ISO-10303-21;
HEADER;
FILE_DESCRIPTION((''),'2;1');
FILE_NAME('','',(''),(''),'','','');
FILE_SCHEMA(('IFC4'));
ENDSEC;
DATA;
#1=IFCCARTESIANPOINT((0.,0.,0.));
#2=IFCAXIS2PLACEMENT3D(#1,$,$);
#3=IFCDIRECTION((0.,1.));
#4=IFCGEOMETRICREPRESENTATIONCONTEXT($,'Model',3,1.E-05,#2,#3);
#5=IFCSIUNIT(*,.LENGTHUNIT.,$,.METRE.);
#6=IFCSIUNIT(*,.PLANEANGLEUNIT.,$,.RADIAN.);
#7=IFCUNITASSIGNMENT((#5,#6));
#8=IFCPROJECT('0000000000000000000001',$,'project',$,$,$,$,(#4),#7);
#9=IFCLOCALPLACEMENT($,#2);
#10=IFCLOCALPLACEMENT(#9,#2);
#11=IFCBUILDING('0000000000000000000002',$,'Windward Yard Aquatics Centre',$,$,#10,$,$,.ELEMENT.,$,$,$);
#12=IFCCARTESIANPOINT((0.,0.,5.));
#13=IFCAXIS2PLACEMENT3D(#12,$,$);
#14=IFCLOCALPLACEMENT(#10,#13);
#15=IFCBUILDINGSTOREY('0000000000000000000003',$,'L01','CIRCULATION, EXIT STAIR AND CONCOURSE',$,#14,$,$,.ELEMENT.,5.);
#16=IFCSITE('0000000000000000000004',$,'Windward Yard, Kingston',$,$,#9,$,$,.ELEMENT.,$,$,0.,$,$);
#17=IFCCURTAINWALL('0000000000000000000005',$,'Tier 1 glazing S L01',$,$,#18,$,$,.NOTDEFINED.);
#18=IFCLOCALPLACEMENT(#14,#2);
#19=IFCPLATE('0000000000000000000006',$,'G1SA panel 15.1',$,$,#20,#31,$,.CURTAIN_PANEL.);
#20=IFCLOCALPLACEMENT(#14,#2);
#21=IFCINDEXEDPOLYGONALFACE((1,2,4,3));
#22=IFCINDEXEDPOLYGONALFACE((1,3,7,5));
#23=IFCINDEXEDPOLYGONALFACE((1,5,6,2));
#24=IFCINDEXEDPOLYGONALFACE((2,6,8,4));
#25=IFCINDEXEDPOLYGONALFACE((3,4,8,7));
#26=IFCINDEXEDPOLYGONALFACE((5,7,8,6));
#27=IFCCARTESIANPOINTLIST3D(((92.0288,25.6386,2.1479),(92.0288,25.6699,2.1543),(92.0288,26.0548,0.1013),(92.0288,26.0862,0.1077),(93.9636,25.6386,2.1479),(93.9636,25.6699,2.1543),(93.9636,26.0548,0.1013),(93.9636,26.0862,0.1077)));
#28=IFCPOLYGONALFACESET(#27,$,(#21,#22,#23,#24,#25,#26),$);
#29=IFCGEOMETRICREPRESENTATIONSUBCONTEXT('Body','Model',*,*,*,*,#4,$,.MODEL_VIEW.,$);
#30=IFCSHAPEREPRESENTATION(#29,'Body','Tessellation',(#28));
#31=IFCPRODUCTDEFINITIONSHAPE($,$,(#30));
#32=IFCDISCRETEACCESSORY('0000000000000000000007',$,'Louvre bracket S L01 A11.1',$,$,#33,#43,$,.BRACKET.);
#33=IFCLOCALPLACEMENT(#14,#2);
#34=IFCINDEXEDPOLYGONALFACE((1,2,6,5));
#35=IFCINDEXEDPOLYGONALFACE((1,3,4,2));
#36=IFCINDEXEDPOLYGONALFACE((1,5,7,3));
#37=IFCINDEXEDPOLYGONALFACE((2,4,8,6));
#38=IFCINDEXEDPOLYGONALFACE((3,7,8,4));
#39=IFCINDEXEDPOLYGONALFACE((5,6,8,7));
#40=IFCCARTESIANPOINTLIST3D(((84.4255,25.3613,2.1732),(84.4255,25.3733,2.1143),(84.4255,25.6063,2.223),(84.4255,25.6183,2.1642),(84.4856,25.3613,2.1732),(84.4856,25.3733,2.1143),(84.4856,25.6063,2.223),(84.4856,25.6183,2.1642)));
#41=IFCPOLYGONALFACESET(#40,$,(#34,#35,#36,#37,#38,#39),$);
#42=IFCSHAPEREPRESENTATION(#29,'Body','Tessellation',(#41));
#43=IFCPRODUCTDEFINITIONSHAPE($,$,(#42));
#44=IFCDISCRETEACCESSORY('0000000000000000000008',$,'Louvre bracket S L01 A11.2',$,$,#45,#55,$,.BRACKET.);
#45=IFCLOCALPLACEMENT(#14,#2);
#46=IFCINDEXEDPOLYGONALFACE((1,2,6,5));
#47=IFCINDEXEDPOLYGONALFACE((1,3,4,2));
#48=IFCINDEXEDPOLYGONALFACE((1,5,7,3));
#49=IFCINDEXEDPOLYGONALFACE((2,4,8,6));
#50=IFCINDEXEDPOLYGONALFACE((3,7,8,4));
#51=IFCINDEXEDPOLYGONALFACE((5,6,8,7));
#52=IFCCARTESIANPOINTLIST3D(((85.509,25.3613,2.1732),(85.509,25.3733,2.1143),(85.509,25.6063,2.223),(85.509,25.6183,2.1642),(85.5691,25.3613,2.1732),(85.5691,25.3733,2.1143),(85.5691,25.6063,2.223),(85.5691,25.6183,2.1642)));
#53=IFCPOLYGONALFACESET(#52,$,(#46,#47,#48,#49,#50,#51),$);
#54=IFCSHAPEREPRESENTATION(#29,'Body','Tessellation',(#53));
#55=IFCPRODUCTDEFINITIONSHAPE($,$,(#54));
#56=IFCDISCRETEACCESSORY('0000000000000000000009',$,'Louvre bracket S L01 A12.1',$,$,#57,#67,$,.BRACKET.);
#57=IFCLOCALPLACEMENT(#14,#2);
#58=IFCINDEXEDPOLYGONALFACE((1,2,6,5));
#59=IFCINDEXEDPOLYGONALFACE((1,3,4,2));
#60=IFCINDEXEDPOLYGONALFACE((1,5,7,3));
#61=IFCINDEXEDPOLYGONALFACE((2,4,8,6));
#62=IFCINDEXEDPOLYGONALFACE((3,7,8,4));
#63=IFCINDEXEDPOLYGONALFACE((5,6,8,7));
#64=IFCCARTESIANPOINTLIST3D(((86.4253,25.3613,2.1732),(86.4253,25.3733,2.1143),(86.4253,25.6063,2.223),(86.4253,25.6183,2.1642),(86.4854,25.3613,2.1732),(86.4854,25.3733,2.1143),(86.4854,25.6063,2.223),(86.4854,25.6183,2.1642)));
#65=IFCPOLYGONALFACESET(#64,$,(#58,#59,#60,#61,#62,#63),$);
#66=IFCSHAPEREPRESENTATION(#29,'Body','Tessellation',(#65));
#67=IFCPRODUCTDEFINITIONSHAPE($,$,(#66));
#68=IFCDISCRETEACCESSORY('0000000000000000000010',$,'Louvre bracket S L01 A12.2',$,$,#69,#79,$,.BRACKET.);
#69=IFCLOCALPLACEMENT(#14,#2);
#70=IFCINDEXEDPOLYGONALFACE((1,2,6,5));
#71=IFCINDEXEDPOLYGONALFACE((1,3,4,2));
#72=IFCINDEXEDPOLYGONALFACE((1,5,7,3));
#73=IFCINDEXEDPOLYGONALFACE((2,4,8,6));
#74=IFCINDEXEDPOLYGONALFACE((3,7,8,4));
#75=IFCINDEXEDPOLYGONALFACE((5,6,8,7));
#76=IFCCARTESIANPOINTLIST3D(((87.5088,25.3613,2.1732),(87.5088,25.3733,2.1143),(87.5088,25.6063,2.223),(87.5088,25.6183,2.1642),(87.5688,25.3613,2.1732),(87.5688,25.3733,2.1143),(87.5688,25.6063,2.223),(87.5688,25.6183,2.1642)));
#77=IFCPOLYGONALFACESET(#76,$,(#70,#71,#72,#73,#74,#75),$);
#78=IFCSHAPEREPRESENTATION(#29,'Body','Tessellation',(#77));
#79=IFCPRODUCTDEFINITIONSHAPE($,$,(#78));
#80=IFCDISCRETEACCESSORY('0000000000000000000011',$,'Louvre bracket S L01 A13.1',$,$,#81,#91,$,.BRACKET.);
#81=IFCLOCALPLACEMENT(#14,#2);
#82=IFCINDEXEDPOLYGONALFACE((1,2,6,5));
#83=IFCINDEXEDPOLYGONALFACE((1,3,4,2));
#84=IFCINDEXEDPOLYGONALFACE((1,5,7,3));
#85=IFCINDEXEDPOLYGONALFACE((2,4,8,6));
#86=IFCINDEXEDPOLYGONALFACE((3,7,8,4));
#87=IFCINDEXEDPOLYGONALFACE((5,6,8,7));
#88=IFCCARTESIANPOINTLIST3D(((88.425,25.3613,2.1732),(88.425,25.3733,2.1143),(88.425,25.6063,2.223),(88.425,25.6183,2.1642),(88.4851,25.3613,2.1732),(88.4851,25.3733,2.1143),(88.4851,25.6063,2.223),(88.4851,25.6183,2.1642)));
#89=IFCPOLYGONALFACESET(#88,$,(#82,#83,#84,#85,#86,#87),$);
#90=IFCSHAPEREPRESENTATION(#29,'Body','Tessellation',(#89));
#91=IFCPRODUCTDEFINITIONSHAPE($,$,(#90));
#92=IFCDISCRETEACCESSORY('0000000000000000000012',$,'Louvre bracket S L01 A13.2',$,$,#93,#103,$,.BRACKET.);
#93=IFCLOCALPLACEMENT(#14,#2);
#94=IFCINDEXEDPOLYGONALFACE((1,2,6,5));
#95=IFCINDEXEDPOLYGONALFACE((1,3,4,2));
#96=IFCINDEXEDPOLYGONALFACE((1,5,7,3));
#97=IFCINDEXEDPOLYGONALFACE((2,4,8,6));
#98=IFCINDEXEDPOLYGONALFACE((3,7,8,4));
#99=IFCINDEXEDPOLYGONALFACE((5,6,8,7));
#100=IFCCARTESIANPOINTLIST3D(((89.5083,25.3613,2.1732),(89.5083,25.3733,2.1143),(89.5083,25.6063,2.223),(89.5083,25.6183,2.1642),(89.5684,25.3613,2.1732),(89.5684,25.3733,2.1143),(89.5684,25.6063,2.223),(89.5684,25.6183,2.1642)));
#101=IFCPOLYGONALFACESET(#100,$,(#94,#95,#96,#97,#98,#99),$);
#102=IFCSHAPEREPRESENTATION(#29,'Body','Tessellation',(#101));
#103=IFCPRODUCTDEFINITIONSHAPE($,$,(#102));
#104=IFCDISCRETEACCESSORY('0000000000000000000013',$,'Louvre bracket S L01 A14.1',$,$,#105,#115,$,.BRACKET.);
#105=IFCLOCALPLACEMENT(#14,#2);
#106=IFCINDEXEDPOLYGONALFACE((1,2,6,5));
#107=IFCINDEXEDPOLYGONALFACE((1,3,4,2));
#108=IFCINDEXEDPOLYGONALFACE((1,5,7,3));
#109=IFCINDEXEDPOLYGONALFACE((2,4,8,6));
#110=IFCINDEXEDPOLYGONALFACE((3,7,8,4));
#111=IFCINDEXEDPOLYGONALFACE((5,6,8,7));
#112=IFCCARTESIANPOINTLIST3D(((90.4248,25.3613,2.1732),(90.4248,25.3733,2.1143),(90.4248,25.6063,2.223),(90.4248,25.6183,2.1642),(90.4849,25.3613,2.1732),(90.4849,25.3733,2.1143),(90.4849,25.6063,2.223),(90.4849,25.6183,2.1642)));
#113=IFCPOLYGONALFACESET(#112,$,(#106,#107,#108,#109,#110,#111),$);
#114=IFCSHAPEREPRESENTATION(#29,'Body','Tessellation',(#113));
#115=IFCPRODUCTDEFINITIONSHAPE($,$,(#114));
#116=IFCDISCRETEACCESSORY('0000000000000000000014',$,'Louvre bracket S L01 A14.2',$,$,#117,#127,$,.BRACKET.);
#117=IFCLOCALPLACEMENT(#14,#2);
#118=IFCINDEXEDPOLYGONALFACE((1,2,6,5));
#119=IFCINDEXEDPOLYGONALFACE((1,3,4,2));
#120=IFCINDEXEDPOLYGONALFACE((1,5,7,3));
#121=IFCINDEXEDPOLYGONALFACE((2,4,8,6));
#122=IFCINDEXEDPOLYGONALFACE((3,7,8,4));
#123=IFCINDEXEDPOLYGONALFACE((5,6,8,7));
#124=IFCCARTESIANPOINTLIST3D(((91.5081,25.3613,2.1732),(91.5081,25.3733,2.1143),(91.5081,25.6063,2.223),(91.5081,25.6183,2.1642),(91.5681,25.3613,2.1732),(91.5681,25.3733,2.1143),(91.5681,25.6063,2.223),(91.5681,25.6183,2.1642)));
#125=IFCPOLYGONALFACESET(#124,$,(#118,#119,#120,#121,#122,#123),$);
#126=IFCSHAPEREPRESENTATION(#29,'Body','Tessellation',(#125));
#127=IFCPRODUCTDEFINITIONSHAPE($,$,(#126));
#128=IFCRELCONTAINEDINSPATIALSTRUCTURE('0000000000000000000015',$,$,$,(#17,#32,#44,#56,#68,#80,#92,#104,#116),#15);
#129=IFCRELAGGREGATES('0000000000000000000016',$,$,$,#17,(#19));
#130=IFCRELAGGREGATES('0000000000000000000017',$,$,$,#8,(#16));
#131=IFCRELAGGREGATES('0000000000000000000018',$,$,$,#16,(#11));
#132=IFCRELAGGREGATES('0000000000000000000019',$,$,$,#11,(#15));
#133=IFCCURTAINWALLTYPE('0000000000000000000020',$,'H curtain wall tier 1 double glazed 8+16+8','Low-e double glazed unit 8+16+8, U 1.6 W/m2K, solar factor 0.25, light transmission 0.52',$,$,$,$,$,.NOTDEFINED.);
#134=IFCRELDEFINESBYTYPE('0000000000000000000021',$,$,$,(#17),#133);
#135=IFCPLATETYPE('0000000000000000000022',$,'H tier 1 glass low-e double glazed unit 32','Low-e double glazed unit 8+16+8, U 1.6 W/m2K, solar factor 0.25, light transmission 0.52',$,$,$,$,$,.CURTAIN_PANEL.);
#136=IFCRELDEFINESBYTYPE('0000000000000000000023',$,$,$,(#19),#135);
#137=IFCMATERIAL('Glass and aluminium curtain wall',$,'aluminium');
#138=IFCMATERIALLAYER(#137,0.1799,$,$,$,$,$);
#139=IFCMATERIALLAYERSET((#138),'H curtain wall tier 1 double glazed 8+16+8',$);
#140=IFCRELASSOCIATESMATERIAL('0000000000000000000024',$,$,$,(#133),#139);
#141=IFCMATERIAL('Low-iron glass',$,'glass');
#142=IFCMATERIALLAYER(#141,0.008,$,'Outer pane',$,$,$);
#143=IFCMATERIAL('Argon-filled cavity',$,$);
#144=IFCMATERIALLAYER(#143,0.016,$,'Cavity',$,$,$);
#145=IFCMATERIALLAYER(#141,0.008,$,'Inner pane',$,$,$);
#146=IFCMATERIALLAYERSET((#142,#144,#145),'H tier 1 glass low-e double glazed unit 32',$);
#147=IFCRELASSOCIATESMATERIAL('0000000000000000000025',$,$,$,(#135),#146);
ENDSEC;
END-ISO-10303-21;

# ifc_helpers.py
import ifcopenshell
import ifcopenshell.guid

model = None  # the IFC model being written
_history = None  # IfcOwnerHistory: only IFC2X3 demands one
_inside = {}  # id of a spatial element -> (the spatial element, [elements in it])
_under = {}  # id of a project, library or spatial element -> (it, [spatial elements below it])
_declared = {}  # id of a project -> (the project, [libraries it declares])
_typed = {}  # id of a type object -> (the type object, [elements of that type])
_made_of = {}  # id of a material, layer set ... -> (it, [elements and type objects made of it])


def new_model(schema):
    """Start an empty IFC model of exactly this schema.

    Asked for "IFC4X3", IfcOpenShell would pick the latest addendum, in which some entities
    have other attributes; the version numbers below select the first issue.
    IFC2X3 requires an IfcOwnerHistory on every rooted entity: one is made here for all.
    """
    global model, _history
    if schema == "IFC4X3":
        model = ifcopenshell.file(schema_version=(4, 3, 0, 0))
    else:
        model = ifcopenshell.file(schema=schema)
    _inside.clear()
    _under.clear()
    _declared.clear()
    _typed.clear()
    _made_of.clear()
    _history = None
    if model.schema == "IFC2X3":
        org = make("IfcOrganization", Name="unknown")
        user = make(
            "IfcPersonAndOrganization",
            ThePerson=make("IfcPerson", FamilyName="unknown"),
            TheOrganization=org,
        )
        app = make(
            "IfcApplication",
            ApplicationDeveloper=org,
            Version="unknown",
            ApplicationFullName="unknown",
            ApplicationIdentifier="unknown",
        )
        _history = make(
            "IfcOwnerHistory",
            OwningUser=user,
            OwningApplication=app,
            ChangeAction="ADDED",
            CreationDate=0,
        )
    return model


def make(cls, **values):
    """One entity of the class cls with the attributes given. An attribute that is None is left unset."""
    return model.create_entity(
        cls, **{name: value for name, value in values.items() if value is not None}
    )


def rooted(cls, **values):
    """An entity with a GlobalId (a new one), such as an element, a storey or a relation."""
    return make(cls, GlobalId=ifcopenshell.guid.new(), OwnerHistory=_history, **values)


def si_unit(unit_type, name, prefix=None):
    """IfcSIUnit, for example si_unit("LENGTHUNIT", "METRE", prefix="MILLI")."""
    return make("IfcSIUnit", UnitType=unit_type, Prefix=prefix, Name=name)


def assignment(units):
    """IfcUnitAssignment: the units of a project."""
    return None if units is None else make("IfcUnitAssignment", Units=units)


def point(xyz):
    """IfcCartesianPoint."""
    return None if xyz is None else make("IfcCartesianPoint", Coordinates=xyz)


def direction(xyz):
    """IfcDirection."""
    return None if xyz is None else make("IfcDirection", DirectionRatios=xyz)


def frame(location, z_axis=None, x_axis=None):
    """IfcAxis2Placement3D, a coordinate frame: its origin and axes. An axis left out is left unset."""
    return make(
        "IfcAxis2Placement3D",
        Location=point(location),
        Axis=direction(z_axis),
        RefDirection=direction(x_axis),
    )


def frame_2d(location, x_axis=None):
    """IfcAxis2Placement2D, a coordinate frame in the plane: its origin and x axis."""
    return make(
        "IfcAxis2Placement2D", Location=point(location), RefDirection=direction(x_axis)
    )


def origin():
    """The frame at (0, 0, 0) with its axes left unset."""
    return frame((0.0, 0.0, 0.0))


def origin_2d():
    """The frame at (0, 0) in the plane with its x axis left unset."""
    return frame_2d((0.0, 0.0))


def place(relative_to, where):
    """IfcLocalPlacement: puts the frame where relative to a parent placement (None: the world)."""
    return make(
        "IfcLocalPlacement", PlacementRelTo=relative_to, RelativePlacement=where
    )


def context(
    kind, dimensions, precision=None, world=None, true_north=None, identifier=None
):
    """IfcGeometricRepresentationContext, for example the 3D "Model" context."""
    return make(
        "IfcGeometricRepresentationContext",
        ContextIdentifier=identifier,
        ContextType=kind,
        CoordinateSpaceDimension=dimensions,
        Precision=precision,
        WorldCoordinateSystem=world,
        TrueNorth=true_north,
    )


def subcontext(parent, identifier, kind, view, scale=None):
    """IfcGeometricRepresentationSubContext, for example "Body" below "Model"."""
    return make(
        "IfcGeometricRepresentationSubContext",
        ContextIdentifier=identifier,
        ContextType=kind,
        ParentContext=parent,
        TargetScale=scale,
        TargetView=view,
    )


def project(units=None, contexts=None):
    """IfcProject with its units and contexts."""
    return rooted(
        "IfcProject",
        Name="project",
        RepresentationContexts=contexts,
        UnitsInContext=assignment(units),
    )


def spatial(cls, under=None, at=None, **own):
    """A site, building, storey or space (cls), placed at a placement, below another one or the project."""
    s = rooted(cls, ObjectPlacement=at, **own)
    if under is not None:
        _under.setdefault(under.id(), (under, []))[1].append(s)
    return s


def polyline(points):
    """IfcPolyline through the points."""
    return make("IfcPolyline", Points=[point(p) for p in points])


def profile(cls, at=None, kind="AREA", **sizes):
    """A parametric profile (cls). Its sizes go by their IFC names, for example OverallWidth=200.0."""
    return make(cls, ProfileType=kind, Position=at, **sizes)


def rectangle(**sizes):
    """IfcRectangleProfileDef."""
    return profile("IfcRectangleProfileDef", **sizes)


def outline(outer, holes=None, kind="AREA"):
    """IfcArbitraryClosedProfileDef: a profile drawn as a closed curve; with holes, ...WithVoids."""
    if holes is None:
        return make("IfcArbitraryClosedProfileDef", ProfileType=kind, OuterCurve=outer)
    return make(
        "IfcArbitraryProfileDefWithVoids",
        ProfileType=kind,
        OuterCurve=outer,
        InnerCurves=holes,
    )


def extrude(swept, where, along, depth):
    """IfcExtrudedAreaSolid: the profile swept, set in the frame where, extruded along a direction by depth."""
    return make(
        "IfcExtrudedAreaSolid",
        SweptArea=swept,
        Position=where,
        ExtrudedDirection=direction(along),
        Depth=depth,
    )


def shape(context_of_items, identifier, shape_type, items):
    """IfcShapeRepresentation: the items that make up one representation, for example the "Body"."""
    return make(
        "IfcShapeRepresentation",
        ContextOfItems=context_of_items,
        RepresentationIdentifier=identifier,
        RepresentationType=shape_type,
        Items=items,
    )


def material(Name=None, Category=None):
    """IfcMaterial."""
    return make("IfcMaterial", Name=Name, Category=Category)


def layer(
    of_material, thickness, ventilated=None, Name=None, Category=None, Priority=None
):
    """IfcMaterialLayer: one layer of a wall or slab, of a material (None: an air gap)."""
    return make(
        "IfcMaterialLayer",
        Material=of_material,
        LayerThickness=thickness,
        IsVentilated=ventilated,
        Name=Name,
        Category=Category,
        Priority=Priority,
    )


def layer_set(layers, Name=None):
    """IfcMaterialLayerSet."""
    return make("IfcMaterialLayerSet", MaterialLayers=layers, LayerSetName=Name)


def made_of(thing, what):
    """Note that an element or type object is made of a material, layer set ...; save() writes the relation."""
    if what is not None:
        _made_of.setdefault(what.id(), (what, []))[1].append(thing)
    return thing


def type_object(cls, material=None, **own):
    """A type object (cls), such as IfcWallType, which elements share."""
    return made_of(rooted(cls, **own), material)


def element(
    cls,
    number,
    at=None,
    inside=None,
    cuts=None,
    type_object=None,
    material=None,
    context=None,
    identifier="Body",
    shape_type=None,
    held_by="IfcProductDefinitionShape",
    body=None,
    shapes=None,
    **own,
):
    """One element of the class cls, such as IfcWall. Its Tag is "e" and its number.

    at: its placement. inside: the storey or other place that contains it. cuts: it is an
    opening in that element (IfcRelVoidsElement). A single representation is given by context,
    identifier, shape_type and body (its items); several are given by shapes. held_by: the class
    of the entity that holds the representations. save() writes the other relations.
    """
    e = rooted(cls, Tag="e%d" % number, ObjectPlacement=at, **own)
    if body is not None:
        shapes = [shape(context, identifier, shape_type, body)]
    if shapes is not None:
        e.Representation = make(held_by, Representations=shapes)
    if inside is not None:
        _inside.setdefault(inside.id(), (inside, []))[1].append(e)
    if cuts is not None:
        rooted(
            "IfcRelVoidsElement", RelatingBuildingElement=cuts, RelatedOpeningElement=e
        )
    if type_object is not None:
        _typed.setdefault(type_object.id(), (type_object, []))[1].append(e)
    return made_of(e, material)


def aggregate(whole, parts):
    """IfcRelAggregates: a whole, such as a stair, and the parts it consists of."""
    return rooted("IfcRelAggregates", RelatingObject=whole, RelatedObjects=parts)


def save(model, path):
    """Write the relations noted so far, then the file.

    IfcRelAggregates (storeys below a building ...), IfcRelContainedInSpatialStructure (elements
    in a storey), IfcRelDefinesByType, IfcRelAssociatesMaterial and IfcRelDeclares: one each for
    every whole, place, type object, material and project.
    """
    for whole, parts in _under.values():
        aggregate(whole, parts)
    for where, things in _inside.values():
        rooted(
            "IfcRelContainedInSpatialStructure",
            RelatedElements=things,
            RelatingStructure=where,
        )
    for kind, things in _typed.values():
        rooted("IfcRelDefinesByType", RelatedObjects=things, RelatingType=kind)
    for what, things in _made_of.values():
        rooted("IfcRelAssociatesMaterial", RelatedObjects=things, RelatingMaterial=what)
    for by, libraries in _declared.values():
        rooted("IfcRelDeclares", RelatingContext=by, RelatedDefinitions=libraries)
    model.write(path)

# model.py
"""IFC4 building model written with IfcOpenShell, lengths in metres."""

from ifc_helpers import new_model, si_unit, direction, frame, origin, origin_2d, place, context, subcontext, project, spatial, polyline, rectangle, outline, extrude, material, layer, layer_set, type_object, element, aggregate, save


model = new_model("IFC4")

# Units and contexts
model_context = context("Model", 3, precision=1e-05, world=origin(), true_north=direction((0.0, 1.0)))
body_context = subcontext(model_context, "Body", "Model", "MODEL_VIEW")
ifc_project = project(units=[si_unit("LENGTHUNIT", "METRE"), si_unit("PLANEANGLEUNIT", "RADIAN")], contexts=[model_context])

# Site, building, storey
site_placement = place(None, origin())
site = spatial("IfcSite", under=ifc_project, at=site_placement, Name="Windward Yard, Kingston", CompositionType="ELEMENT", RefElevation=0.0)
building_placement = place(site_placement, origin())
building = spatial("IfcBuilding", under=site, at=building_placement, Name="Windward Yard Aquatics Centre", CompositionType="ELEMENT")
storey_placement = place(building_placement, frame((0.0, 0.0, 5.0)))
storey = spatial("IfcBuildingStorey", under=building, at=storey_placement, Name="L01", Description="CIRCULATION, EXIT STAIR AND CONCOURSE", CompositionType="ELEMENT", Elevation=5.0)

# Curtain wall, plate
ifc_material_1 = material(Name="Glass and aluminium curtain wall", Category="aluminium")
ifc_layer_1 = layer(ifc_material_1, 0.1799)
ifc_layer_set_1 = layer_set([ifc_layer_1], Name="H curtain wall tier 1 double glazed 8+16+8")
curtain_wall_type = type_object("IfcCurtainWallType", Name="H curtain wall tier 1 double glazed 8+16+8", Description="Low-e double glazed unit 8+16+8, U 1.6 W/m2K, solar factor 0.25, light transmission 0.52", PredefinedType="NOTDEFINED", material=ifc_layer_set_1)
curtain_wall_placement = place(storey_placement, origin())
curtain_wall = element("IfcCurtainWall", 1, at=curtain_wall_placement, inside=storey, type_object=curtain_wall_type, Name="Tier 1 glazing S L01", PredefinedType="NOTDEFINED")
ifc_material_2 = material(Name="Low-iron glass", Category="glass")
ifc_layer_2 = layer(ifc_material_2, 0.008, Name="Outer pane")
ifc_material_3 = material(Name="Argon-filled cavity")
ifc_layer_3 = layer(ifc_material_3, 0.016, Name="Cavity")
ifc_layer_4 = layer(ifc_material_2, 0.008, Name="Inner pane")
ifc_layer_set_2 = layer_set([ifc_layer_2, ifc_layer_3, ifc_layer_4], Name="H tier 1 glass low-e double glazed unit 32")
plate_type = type_object("IfcPlateType", Name="H tier 1 glass low-e double glazed unit 32", Description="Low-e double glazed unit 8+16+8, U 1.6 W/m2K, solar factor 0.25, light transmission 0.52", PredefinedType="CURTAIN_PANEL", material=ifc_layer_set_2)
plate_1_placement = place(storey_placement, frame((92.0288, 25.6699, 2.1543), z_axis=(0.0, 0.979937, 0.199307), x_axis=(0.0, 0.199307, -0.979937)))
plate_1 = element("IfcPlate", 2, at=plate_1_placement, type_object=plate_type, Name="G1SA panel 15.1", PredefinedType="CURTAIN_PANEL", context=body_context, shape_type="SweptSolid", body=[
    extrude(outline(polyline([(0.0, 0.0), (2.0885, 0.0), (2.0885, -1.9348), (0.0, -1.9348), (0.0, 0.0)])), origin(), (0.0, 0.0, -1.0), 0.032),
])
aggregate(curtain_wall, [plate_1])

# Discrete accessories
for number, where, z_axis, x_axis, name in (
    (3, (84.4556, 25.6123, 2.1936), (0.0, -0.979937, -0.199309), (1.0, 0.0, 0.0), "Louvre bracket S L01 A11.1"),
    (4, (85.5391, 25.6123, 2.1936), (0.0, -0.979937, -0.199309), (1.0, 0.0, 0.0), "Louvre bracket S L01 A11.2"),
    (5, (86.4553, 25.6123, 2.1936), (0.0, -0.979937, -0.199309), (1.0, 0.0, 0.0), "Louvre bracket S L01 A12.1"),
    (6, (87.5388, 25.6123, 2.1936), (0.0, -0.979937, -0.199309), (1.0, 0.0, 0.0), "Louvre bracket S L01 A12.2"),
    (7, (88.4551, 25.6123, 2.1936), (0.0, -0.979937, -0.199309), (1.0, 0.0, 0.0), "Louvre bracket S L01 A13.1"),
    (8, (89.5383, 25.6123, 2.1936), (0.0, -0.979937, -0.199309), (1.0, 0.0, 0.0), "Louvre bracket S L01 A13.2"),
    (9, (90.4548, 25.6123, 2.1936), (0.0, -0.979937, -0.199309), (1.0, 0.0, 0.0), "Louvre bracket S L01 A14.1"),
    (10, (91.5381, 25.6123, 2.1936), (0.0, -0.979937, -0.199309), (1.0, 0.0, 0.0), "Louvre bracket S L01 A14.2"),
):
    element("IfcDiscreteAccessory", number, at=place(storey_placement, frame(where, z_axis=z_axis, x_axis=x_axis)), inside=storey, Name=name, PredefinedType="BRACKET", context=body_context, shape_type="SweptSolid", body=[
        extrude(rectangle(XDim=0.0601, YDim=0.0601, at=origin_2d()), origin(), (0.0, 0.0, 1.0), 0.25),
    ])

save(model, "model.ifc")
